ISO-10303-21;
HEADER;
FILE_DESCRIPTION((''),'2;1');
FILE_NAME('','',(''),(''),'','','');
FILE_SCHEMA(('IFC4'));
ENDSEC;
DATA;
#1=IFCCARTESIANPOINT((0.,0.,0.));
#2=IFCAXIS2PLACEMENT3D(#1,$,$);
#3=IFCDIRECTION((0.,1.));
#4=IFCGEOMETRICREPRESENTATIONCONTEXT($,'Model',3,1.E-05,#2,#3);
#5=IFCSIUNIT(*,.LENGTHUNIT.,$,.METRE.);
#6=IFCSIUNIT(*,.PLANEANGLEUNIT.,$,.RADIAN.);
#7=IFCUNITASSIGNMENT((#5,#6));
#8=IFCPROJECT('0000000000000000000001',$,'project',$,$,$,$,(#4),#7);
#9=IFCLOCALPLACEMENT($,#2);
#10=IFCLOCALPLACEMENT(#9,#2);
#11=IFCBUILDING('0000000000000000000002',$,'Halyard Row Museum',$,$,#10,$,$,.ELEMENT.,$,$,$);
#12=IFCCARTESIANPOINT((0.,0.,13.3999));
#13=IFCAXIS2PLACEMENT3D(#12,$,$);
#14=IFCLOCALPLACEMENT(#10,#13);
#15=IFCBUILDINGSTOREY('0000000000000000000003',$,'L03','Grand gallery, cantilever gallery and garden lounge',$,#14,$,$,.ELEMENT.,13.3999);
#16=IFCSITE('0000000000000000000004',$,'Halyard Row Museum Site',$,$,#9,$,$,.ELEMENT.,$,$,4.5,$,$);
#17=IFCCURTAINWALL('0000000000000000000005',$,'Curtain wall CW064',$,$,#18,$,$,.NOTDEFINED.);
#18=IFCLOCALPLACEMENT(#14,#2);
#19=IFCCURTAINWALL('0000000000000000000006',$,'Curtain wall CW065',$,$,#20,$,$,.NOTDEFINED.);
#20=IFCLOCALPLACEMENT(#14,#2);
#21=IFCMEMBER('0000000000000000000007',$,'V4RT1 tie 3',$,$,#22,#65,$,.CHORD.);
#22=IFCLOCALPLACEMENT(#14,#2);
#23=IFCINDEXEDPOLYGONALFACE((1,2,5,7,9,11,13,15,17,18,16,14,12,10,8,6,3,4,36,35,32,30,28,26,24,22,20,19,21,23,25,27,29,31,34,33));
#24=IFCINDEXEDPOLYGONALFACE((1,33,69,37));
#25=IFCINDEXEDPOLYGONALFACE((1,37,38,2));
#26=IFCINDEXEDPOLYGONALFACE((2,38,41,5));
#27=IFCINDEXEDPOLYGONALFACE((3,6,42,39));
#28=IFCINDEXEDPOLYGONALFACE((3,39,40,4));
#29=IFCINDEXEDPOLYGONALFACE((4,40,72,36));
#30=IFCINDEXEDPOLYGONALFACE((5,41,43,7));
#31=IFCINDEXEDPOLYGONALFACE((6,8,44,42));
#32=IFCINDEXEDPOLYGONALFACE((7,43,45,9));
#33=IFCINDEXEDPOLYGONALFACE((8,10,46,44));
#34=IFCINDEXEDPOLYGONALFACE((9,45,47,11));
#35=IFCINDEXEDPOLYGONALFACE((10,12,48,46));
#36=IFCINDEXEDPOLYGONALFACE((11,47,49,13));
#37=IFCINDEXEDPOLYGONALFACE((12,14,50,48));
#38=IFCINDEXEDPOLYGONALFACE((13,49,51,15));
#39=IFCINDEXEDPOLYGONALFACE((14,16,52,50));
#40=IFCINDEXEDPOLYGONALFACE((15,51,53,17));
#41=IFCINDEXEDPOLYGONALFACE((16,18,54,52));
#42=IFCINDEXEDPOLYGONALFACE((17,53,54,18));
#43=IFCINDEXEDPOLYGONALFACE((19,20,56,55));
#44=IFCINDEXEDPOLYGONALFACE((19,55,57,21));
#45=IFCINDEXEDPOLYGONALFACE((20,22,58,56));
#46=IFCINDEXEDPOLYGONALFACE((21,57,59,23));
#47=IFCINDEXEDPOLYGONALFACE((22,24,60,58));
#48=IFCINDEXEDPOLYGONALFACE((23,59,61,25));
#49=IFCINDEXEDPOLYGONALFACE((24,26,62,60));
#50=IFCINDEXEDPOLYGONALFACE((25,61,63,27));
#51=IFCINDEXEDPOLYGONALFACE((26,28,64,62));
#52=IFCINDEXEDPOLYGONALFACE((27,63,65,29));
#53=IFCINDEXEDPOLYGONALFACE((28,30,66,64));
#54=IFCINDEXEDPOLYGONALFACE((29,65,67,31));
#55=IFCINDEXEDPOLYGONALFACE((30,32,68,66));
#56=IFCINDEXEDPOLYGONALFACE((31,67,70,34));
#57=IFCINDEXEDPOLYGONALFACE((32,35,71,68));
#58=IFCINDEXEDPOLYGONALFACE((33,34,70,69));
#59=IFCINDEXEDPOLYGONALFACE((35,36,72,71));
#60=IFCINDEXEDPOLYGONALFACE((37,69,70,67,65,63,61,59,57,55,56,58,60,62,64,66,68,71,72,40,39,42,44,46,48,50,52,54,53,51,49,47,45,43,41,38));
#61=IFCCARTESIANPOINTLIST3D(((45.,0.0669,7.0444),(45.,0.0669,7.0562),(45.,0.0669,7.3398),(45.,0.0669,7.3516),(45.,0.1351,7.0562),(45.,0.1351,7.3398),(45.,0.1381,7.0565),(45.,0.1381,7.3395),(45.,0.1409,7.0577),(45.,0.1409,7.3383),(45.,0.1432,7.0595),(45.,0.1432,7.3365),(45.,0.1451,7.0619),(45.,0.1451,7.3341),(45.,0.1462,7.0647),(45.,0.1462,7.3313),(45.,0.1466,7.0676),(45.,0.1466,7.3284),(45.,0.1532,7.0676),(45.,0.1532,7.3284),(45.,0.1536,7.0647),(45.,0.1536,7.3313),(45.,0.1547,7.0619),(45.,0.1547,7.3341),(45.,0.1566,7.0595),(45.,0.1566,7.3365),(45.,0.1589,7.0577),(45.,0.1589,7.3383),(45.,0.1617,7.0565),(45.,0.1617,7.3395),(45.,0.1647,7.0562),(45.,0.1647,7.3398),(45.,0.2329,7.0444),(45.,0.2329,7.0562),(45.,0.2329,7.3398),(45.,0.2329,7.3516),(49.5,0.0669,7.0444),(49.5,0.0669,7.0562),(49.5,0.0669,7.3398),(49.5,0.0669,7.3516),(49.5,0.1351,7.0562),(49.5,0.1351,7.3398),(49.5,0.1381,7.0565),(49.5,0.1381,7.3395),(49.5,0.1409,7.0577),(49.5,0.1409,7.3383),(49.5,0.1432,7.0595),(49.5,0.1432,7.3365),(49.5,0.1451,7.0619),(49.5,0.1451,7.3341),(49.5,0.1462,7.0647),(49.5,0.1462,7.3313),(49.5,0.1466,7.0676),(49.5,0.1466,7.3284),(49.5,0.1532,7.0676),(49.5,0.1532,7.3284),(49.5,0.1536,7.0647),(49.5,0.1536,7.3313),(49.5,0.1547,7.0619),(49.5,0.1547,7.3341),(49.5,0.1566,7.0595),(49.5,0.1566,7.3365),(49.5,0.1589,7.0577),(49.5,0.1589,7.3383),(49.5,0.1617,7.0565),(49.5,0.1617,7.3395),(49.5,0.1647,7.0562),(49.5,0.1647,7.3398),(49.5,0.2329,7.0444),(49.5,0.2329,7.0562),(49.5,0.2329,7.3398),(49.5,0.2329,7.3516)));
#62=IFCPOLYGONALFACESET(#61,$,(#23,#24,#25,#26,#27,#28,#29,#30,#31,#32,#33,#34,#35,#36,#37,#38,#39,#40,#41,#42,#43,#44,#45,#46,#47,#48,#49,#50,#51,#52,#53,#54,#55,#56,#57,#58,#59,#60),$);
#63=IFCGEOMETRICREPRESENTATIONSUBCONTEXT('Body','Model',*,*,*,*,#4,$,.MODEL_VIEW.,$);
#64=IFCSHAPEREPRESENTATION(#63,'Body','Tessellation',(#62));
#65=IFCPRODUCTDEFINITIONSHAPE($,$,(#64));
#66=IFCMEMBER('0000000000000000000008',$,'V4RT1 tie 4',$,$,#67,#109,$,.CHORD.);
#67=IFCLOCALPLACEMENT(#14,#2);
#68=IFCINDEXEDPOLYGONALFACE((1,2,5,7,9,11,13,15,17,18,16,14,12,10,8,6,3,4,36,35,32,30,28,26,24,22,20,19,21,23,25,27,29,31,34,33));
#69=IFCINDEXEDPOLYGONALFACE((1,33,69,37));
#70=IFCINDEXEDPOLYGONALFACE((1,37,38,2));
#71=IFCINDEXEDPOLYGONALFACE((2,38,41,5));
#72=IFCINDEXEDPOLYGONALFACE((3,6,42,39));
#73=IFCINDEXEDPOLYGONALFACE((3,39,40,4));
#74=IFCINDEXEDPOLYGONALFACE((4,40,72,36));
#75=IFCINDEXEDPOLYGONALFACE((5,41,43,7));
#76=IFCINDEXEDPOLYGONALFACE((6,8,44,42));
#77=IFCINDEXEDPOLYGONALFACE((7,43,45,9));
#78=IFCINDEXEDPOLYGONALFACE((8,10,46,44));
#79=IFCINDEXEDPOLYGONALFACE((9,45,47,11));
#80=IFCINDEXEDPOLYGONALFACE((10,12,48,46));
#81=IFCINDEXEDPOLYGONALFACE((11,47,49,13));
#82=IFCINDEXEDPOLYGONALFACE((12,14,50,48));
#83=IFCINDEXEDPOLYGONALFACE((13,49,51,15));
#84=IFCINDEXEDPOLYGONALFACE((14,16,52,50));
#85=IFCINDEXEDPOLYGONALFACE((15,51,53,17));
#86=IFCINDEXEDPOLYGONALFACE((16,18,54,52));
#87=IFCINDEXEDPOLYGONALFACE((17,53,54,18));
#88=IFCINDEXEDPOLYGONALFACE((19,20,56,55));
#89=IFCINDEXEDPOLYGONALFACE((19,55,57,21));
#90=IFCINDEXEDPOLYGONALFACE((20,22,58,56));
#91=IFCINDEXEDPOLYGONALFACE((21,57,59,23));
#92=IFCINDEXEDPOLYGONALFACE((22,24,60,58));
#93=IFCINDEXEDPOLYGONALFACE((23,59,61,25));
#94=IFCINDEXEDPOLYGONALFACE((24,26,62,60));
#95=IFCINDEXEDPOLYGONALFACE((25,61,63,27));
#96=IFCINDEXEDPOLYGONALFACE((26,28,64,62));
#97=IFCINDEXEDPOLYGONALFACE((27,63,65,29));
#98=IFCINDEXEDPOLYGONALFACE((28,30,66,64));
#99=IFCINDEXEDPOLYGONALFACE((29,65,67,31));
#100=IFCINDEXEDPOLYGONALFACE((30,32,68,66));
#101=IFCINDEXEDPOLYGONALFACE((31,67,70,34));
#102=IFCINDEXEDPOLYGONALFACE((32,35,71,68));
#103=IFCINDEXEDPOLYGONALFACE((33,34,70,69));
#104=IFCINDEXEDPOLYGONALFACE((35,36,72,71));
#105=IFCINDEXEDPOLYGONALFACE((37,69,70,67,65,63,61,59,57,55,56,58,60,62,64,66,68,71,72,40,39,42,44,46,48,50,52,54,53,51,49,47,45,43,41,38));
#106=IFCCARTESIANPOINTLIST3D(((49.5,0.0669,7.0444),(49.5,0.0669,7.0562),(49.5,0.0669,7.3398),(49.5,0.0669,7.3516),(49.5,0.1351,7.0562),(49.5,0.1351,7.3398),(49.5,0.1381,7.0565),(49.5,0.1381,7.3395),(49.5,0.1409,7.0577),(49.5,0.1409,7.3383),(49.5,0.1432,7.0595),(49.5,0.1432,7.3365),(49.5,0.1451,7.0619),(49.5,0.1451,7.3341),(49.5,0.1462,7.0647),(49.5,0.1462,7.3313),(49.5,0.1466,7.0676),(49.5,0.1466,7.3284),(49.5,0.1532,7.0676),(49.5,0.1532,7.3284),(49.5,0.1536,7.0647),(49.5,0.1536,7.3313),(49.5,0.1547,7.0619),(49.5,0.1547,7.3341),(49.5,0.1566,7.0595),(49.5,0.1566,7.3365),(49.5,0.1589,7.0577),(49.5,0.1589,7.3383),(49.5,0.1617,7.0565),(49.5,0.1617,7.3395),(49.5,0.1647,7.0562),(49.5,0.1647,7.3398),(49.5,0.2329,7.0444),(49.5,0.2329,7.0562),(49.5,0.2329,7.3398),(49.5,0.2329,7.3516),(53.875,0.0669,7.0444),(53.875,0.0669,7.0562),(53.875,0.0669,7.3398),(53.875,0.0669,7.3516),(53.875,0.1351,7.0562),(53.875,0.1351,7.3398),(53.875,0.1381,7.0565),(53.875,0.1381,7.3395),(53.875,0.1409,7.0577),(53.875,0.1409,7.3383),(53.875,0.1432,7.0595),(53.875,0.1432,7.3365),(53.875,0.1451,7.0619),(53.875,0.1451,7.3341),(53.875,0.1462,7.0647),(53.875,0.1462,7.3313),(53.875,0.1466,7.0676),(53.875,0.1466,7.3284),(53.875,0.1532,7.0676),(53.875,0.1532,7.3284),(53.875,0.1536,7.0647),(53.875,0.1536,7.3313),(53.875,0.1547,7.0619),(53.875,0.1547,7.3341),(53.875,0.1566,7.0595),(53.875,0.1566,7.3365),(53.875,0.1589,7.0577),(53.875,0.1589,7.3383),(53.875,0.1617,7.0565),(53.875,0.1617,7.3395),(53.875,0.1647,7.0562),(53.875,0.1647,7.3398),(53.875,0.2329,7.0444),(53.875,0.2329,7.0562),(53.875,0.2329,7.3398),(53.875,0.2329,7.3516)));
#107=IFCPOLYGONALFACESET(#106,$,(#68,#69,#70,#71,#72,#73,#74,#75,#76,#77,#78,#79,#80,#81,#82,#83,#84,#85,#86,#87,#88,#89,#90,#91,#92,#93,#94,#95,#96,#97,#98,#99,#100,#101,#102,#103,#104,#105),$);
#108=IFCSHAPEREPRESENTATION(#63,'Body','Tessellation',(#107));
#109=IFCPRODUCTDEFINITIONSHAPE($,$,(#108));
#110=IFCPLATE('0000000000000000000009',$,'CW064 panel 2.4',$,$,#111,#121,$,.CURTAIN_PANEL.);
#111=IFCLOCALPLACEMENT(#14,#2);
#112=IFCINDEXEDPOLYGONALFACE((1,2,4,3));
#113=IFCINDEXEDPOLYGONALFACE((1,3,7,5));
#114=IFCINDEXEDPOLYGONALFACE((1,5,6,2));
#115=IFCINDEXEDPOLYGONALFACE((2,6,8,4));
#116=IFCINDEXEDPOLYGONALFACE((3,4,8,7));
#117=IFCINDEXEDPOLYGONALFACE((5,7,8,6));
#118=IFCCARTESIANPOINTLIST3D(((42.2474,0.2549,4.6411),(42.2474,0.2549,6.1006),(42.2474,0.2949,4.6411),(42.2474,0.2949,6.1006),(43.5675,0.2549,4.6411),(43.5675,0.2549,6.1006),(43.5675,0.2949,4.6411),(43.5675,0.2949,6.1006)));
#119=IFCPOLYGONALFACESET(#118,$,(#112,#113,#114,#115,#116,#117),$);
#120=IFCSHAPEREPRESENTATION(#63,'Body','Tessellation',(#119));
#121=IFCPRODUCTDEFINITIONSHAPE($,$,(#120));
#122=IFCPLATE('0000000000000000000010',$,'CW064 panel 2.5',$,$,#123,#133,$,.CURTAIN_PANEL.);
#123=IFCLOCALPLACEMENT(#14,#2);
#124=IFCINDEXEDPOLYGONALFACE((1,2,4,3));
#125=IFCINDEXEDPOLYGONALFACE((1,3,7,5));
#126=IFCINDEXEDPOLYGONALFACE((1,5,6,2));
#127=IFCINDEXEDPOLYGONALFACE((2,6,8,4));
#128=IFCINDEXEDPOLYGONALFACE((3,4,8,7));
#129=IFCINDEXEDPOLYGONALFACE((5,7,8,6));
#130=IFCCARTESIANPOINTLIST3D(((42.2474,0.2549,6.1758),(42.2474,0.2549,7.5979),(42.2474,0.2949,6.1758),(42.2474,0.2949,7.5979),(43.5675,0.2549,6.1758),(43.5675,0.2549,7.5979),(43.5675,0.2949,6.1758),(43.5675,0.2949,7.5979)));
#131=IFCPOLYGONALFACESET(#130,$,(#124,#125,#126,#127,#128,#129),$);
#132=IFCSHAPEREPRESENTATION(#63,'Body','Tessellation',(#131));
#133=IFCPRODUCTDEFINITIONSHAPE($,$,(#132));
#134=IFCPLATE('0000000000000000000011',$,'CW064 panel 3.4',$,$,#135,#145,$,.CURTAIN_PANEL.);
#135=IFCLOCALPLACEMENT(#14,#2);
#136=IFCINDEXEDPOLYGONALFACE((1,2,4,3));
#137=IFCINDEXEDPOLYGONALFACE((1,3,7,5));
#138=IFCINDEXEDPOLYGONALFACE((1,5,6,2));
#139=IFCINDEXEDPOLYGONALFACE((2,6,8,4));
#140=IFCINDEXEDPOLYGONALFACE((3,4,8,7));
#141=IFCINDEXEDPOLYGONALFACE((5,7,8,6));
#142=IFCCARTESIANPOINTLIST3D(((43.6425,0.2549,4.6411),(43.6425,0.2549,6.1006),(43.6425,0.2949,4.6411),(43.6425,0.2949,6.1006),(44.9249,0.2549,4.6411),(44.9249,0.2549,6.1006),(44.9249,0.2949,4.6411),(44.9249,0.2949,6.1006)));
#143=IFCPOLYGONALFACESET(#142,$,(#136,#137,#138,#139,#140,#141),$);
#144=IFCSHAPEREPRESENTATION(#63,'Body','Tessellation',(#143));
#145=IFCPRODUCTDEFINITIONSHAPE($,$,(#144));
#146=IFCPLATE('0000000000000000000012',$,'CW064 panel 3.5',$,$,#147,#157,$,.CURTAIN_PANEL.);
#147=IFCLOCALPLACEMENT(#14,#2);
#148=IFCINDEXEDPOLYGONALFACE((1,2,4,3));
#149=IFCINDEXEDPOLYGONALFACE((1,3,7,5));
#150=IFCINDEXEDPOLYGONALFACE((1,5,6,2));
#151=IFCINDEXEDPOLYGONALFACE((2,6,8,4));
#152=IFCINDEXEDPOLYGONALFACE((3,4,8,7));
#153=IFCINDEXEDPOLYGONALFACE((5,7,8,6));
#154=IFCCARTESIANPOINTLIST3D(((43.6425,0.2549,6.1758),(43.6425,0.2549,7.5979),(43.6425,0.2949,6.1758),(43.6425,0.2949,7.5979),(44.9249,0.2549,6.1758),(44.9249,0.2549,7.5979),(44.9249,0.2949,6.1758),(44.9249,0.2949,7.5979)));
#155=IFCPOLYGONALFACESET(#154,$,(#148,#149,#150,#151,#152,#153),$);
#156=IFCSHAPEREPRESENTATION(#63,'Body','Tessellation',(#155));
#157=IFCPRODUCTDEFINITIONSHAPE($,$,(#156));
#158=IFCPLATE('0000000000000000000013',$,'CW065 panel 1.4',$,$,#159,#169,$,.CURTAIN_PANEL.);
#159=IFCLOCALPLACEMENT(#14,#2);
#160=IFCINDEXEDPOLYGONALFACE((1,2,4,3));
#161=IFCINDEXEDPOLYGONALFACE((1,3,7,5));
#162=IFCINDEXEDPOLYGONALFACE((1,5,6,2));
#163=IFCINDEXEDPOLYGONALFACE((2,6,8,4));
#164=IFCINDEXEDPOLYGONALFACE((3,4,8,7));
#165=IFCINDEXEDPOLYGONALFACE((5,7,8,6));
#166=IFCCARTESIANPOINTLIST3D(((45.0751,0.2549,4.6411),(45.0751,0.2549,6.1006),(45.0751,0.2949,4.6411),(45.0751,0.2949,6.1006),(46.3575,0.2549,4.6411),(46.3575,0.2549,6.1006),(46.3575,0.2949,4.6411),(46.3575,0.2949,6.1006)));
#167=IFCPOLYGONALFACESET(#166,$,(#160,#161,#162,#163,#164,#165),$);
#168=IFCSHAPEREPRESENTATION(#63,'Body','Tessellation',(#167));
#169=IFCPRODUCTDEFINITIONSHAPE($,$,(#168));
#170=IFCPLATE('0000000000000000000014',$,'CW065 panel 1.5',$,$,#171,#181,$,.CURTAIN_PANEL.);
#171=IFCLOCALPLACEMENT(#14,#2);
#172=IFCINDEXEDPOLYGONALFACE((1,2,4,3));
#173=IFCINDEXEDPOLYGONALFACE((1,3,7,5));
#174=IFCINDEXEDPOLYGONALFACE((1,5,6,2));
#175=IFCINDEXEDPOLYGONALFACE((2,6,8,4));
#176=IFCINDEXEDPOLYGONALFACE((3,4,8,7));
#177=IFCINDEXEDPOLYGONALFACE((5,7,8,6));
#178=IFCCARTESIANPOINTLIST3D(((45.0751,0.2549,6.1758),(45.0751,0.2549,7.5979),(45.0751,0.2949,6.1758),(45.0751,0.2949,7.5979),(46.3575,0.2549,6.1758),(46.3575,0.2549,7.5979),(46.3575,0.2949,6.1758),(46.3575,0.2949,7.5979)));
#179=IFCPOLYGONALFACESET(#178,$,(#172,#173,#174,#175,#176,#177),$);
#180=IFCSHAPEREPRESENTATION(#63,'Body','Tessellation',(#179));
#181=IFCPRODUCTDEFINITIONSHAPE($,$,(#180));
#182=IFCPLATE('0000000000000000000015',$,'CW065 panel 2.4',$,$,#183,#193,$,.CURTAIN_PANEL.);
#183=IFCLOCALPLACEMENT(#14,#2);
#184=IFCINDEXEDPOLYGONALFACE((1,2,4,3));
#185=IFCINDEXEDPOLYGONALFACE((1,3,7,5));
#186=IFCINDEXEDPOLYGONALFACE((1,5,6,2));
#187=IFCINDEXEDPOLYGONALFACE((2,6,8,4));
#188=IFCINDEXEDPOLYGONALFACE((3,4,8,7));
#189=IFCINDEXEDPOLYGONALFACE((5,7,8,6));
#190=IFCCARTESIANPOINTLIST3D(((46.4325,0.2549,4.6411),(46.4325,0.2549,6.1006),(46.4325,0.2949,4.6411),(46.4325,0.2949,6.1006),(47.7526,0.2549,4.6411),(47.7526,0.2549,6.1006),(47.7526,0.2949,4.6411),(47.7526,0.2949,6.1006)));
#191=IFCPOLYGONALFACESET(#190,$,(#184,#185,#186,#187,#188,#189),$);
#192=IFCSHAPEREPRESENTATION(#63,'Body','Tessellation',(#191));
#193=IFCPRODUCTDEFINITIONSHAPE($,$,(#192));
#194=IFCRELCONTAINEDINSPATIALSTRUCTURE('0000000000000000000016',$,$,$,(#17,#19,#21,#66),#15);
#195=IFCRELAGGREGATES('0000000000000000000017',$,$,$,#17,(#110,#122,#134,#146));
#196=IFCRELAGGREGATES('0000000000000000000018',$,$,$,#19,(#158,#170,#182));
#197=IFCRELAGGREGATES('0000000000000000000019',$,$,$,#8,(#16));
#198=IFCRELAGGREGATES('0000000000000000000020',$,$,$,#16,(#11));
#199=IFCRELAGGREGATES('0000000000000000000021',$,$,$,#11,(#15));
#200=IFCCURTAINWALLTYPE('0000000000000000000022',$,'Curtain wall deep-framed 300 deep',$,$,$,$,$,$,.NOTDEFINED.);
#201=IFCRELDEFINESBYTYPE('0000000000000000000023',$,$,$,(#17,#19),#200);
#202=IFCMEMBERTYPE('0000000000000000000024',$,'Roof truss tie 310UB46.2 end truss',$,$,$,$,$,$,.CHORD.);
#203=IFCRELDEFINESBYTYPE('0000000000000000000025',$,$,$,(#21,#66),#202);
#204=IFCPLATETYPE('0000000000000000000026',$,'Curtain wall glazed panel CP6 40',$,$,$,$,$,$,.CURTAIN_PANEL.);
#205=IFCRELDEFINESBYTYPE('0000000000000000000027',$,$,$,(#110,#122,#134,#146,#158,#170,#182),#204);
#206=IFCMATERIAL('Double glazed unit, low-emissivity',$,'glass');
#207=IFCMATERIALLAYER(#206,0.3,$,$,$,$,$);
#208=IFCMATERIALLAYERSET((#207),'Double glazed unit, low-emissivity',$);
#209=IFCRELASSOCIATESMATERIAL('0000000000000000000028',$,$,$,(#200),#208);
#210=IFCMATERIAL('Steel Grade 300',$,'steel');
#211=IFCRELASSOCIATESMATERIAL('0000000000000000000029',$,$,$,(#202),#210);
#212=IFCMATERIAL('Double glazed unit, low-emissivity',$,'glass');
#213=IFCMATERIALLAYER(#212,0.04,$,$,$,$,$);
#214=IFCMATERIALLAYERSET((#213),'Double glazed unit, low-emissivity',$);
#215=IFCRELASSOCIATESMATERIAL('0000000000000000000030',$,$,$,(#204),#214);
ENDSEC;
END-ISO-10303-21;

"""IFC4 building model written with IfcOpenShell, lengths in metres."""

from ifc_helpers import new_model, si_unit, direction, frame, origin, origin_2d, place, context, subcontext, project, spatial, rectangle, i_section, extrude, material, layer, layer_set, material_profile, profile_set, type_object, element, aggregate, save


model = new_model("IFC4")

# Units and contexts
model_context = context("Model", 3, precision=1e-05, world=origin(), true_north=direction((0.0, 1.0)))
body_context = subcontext(model_context, "Body", "Model", "MODEL_VIEW")
ifc_project = project(units=[si_unit("LENGTHUNIT", "METRE"), si_unit("PLANEANGLEUNIT", "RADIAN")], contexts=[model_context])

# Site, building, storey
site_placement = place(None, origin())
site = spatial("IfcSite", under=ifc_project, at=site_placement, Name="Halyard Row Museum Site", CompositionType="ELEMENT", RefElevation=4.5)
building_placement = place(site_placement, origin())
building = spatial("IfcBuilding", under=site, at=building_placement, Name="Halyard Row Museum", CompositionType="ELEMENT")
storey_placement = place(building_placement, frame((0.0, 0.0, 13.3999)))
storey = spatial("IfcBuildingStorey", under=building, at=storey_placement, Name="L03", Description="Grand gallery, cantilever gallery and garden lounge", CompositionType="ELEMENT", Elevation=13.3999)

# Curtain walls
ifc_material_1 = material(Name="Double glazed unit, low-emissivity", Category="glass")
ifc_layer_1 = layer(ifc_material_1, 0.3)
ifc_layer_set_1 = layer_set([ifc_layer_1], Name="Double glazed unit, low-emissivity")
curtain_wall_type = type_object("IfcCurtainWallType", Name="Curtain wall deep-framed 300 deep", PredefinedType="NOTDEFINED", material=ifc_layer_set_1)
curtain_wall_1_placement = place(storey_placement, origin())
curtain_wall_1 = element("IfcCurtainWall", 1, at=curtain_wall_1_placement, inside=storey, type_object=curtain_wall_type, Name="Curtain wall CW064", PredefinedType="NOTDEFINED")
curtain_wall_2_placement = place(storey_placement, origin())
curtain_wall_2 = element("IfcCurtainWall", 2, at=curtain_wall_2_placement, inside=storey, type_object=curtain_wall_type, Name="Curtain wall CW065", PredefinedType="NOTDEFINED")

# Members
ifc_material_2 = material(Name="Steel Grade 300", Category="steel")
ifc_material_profile_1 = material_profile(ifc_material_2, i_section(OverallWidth=0.166, OverallDepth=0.3071, WebThickness=0.0066, FlangeThickness=0.0117, FilletRadius=0.0115, at=origin_2d()), Name="310UB46.2")
ifc_profile_set_1 = profile_set([ifc_material_profile_1], Name="Steel Grade 300")
member_type_1 = type_object("IfcMemberType", Name="Roof truss tie 310UB46.2 end truss", PredefinedType="CHORD", material=ifc_profile_set_1)
member_1_placement = place(storey_placement, frame((45.0, 0.1499, 7.198), z_axis=(1.0, 0.0, 0.0), x_axis=(0.0, 1.0, 0.0)))
element("IfcMember", 3, at=member_1_placement, inside=storey, type_object=member_type_1, Name="V4RT1 tie 3", PredefinedType="CHORD", context=body_context, shape_type="SweptSolid", body=[
    extrude(i_section(OverallWidth=0.166, OverallDepth=0.3071, WebThickness=0.0066, FlangeThickness=0.0117, FilletRadius=0.0115, at=origin_2d()), origin(), (0.0, 0.0, 1.0), 4.5),
])
member_2_placement = place(storey_placement, frame((49.5, 0.1499, 7.198), z_axis=(1.0, 0.0, 0.0), x_axis=(0.0, 1.0, 0.0)))
element("IfcMember", 4, at=member_2_placement, inside=storey, type_object=member_type_1, Name="V4RT1 tie 4", PredefinedType="CHORD", context=body_context, shape_type="SweptSolid", body=[
    extrude(i_section(OverallWidth=0.166, OverallDepth=0.3071, WebThickness=0.0066, FlangeThickness=0.0117, FilletRadius=0.0115, at=origin_2d()), origin(), (0.0, 0.0, 1.0), 4.375),
])

# Plates
ifc_material_3 = material(Name="Double glazed unit, low-emissivity", Category="glass")
ifc_layer_2 = layer(ifc_material_3, 0.04)
ifc_layer_set_2 = layer_set([ifc_layer_2], Name="Double glazed unit, low-emissivity")
plate_type = type_object("IfcPlateType", Name="Curtain wall glazed panel CP6 40", PredefinedType="CURTAIN_PANEL", material=ifc_layer_set_2)
plate_1_placement = place(storey_placement, frame((42.9075, 0.2749, 4.6411), z_axis=(0.0, 0.0, 1.0), x_axis=(1.0, 0.0, 0.0)))
plate_1 = element("IfcPlate", 5, at=plate_1_placement, type_object=plate_type, Name="CW064 panel 2.4", PredefinedType="CURTAIN_PANEL", context=body_context, shape_type="SweptSolid", body=[
    extrude(rectangle(XDim=1.3201, YDim=0.04, at=origin_2d()), origin(), (0.0, 0.0, 1.0), 1.4595),
])
plate_2_placement = place(storey_placement, frame((42.9075, 0.2749, 6.1758), z_axis=(0.0, 0.0, 1.0), x_axis=(1.0, 0.0, 0.0)))
plate_2 = element("IfcPlate", 6, at=plate_2_placement, type_object=plate_type, Name="CW064 panel 2.5", PredefinedType="CURTAIN_PANEL", context=body_context, shape_type="SweptSolid", body=[
    extrude(rectangle(XDim=1.3201, YDim=0.04, at=origin_2d()), origin(), (0.0, 0.0, 1.0), 1.4221),
])
plate_3_placement = place(storey_placement, frame((44.2837, 0.2749, 4.6411), z_axis=(0.0, 0.0, 1.0), x_axis=(1.0, 0.0, 0.0)))
plate_3 = element("IfcPlate", 7, at=plate_3_placement, type_object=plate_type, Name="CW064 panel 3.4", PredefinedType="CURTAIN_PANEL", context=body_context, shape_type="SweptSolid", body=[
    extrude(rectangle(XDim=1.2825, YDim=0.04, at=origin_2d()), origin(), (0.0, 0.0, 1.0), 1.4595),
])
plate_4_placement = place(storey_placement, frame((44.2837, 0.2749, 6.1758), z_axis=(0.0, 0.0, 1.0), x_axis=(1.0, 0.0, 0.0)))
plate_4 = element("IfcPlate", 8, at=plate_4_placement, type_object=plate_type, Name="CW064 panel 3.5", PredefinedType="CURTAIN_PANEL", context=body_context, shape_type="SweptSolid", body=[
    extrude(rectangle(XDim=1.2825, YDim=0.04, at=origin_2d()), origin(), (0.0, 0.0, 1.0), 1.4221),
])
aggregate(curtain_wall_1, [plate_1, plate_2, plate_3, plate_4])
plate_5_placement = place(storey_placement, frame((45.7163, 0.2749, 4.6411), z_axis=(0.0, 0.0, 1.0), x_axis=(1.0, 0.0, 0.0)))
plate_5 = element("IfcPlate", 9, at=plate_5_placement, type_object=plate_type, Name="CW065 panel 1.4", PredefinedType="CURTAIN_PANEL", context=body_context, shape_type="SweptSolid", body=[
    extrude(rectangle(XDim=1.2825, YDim=0.04, at=origin_2d()), origin(), (0.0, 0.0, 1.0), 1.4595),
])
plate_6_placement = place(storey_placement, frame((45.7163, 0.2749, 6.1758), z_axis=(0.0, 0.0, 1.0), x_axis=(1.0, 0.0, 0.0)))
plate_6 = element("IfcPlate", 10, at=plate_6_placement, type_object=plate_type, Name="CW065 panel 1.5", PredefinedType="CURTAIN_PANEL", context=body_context, shape_type="SweptSolid", body=[
    extrude(rectangle(XDim=1.2825, YDim=0.04, at=origin_2d()), origin(), (0.0, 0.0, 1.0), 1.4221),
])
plate_7_placement = place(storey_placement, frame((47.0925, 0.2749, 4.6411), z_axis=(0.0, 0.0, 1.0), x_axis=(1.0, 0.0, 0.0)))
plate_7 = element("IfcPlate", 11, at=plate_7_placement, type_object=plate_type, Name="CW065 panel 2.4", PredefinedType="CURTAIN_PANEL", context=body_context, shape_type="SweptSolid", body=[
    extrude(rectangle(XDim=1.3201, YDim=0.04, at=origin_2d()), origin(), (0.0, 0.0, 1.0), 1.4595),
])
aggregate(curtain_wall_2, [plate_5, plate_6, plate_7])

save(model, "model.ifc")
